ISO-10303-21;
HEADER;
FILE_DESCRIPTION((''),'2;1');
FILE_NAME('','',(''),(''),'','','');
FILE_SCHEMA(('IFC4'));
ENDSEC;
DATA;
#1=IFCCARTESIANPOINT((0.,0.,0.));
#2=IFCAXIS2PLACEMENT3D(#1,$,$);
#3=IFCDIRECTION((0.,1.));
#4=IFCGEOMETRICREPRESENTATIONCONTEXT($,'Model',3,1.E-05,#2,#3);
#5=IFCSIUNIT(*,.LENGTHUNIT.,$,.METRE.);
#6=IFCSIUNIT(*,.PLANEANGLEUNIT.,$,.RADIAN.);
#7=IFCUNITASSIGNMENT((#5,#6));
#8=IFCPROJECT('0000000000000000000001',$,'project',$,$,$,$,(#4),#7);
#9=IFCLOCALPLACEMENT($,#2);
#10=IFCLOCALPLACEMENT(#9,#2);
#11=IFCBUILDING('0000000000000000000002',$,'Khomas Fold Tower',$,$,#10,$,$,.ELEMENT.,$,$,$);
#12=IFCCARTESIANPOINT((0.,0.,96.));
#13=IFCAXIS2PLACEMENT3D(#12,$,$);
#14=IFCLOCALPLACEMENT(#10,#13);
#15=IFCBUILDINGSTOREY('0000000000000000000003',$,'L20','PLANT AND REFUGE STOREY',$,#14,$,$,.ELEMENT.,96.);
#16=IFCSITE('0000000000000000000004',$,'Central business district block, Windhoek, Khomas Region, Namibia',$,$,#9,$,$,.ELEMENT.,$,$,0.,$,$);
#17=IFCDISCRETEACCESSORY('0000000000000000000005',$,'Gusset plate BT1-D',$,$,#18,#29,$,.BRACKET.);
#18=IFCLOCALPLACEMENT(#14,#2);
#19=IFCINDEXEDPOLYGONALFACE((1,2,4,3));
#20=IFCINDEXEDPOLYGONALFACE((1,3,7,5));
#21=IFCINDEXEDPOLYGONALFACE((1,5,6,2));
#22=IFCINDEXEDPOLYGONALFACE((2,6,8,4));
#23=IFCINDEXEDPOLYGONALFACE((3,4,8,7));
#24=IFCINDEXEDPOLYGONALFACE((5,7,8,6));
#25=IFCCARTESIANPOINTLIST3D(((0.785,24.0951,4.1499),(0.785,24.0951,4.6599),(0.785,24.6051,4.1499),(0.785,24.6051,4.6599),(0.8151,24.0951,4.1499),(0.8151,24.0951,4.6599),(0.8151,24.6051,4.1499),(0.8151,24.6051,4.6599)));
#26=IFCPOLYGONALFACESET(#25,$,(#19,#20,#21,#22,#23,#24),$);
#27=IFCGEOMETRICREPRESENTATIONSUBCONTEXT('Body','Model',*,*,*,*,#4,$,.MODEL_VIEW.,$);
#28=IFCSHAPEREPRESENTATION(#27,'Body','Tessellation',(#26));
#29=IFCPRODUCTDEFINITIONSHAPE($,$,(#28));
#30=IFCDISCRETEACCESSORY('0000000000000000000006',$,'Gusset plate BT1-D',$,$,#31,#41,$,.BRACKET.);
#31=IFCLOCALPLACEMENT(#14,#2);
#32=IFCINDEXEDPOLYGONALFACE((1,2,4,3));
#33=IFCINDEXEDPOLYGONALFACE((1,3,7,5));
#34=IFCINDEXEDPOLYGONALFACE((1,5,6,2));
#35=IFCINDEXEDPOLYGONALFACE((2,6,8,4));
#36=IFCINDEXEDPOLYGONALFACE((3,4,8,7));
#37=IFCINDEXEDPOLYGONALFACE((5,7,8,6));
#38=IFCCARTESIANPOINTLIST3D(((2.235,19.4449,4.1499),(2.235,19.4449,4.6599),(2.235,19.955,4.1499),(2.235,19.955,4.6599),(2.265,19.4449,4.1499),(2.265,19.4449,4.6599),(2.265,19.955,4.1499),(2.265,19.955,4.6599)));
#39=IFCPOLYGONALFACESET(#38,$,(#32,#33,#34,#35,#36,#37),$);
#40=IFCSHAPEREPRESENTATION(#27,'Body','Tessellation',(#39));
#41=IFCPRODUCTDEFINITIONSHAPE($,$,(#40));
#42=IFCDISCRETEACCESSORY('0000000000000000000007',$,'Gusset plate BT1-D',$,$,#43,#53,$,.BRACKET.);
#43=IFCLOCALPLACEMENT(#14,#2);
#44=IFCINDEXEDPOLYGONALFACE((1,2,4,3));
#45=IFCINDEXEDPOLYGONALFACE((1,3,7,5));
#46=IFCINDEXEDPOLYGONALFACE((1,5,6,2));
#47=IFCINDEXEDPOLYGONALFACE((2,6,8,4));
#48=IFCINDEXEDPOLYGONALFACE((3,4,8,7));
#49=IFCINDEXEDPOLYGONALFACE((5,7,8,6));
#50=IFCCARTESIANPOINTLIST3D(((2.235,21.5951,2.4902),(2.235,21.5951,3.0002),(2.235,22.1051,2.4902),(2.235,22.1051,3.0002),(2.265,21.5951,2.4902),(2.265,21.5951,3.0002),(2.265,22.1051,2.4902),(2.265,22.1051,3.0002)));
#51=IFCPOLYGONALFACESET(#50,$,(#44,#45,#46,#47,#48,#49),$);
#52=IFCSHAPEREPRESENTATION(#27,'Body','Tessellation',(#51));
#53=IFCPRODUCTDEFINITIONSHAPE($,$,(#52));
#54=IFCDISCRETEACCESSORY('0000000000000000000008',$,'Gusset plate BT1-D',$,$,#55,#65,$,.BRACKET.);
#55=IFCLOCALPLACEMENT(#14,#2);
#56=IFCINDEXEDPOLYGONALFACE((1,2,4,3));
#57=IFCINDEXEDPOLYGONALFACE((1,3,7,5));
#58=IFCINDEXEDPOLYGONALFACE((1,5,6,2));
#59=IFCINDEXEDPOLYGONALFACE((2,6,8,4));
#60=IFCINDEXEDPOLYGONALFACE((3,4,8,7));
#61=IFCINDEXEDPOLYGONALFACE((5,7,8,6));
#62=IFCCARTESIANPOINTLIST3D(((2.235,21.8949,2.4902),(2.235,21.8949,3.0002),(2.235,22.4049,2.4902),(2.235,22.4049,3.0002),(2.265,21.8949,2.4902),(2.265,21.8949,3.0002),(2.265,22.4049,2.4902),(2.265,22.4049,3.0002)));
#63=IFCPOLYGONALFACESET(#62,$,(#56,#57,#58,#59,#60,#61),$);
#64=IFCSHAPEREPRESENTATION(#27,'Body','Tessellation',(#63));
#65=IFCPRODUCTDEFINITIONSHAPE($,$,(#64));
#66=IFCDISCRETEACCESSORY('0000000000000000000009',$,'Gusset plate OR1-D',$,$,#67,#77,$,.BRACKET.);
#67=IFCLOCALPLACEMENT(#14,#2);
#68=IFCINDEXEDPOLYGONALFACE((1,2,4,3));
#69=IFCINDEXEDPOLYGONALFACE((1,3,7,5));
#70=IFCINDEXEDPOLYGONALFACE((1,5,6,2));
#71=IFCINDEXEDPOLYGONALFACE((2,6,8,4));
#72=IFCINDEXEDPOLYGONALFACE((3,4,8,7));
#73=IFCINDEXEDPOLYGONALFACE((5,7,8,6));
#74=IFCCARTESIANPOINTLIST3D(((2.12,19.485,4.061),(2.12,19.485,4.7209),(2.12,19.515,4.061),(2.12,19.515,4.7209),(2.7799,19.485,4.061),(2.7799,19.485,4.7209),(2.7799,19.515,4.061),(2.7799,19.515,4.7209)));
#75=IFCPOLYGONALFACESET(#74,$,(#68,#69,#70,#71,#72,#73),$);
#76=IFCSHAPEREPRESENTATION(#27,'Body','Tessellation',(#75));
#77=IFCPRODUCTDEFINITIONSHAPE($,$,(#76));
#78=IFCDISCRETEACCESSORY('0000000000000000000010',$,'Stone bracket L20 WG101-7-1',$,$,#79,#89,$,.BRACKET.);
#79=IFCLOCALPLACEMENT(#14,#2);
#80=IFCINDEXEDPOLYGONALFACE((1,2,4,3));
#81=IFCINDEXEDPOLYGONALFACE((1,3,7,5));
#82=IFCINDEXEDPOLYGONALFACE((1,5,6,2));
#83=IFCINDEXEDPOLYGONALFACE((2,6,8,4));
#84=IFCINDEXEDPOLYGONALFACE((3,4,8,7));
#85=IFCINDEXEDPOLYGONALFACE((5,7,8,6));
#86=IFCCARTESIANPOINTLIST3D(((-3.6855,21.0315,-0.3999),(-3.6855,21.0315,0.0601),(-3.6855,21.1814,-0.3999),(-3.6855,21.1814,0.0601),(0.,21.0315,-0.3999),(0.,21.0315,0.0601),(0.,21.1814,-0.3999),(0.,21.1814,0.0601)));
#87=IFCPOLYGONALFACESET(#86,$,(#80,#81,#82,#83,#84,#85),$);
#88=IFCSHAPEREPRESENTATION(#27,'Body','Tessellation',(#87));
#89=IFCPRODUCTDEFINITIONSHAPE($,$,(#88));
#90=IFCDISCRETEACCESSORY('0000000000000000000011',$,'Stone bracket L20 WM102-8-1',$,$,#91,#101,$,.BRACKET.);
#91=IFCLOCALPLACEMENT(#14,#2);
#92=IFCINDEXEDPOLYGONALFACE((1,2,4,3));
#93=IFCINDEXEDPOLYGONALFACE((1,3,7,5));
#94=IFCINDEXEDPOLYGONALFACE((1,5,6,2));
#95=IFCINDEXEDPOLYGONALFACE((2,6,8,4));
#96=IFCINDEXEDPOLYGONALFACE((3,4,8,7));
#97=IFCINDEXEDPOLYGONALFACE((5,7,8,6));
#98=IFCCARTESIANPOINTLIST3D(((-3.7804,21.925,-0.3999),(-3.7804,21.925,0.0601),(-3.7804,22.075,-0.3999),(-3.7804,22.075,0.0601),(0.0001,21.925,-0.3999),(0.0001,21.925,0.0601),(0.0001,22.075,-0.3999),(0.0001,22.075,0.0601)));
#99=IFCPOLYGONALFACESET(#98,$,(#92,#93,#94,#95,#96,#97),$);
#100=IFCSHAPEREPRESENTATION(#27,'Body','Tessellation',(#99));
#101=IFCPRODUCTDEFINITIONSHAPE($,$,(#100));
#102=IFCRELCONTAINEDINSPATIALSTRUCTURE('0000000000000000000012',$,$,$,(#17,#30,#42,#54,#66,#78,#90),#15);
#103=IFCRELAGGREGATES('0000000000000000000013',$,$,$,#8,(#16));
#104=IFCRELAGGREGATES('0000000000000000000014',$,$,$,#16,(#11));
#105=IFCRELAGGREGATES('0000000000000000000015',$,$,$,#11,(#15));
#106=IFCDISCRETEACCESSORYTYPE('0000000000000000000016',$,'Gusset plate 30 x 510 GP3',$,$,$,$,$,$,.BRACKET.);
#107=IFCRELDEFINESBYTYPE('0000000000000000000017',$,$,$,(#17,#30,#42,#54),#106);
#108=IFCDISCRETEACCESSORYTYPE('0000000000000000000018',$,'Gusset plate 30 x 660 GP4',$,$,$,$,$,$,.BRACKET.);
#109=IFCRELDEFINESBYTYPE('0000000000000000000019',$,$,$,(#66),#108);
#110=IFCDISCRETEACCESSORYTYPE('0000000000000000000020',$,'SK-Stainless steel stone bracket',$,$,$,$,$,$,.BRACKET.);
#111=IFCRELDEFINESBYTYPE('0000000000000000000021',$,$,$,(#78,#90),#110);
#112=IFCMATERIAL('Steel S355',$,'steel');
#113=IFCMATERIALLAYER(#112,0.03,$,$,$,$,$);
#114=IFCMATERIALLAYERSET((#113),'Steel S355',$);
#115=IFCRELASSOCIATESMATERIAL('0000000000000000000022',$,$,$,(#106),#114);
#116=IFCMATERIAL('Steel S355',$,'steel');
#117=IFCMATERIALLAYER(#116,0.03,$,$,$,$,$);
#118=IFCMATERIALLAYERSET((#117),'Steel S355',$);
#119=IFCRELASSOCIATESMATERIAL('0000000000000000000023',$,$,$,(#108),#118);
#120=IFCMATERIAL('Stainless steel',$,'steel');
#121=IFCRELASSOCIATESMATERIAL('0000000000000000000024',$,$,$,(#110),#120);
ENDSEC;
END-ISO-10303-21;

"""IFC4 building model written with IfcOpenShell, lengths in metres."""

from ifc_helpers import new_model, si_unit, direction, frame, origin, origin_2d, place, context, subcontext, project, spatial, rectangle, extrude, source, transform, mapped, material, layer, layer_set, type_object, element, save


model = new_model("IFC4")

# Units and contexts
model_context = context("Model", 3, precision=1e-05, world=origin(), true_north=direction((0.0, 1.0)))
body_context = subcontext(model_context, "Body", "Model", "MODEL_VIEW")
ifc_project = project(units=[si_unit("LENGTHUNIT", "METRE"), si_unit("PLANEANGLEUNIT", "RADIAN")], contexts=[model_context])

# Site, building, storey
site_placement = place(None, origin())
site = spatial("IfcSite", under=ifc_project, at=site_placement, Name="Central business district block, Windhoek, Khomas Region, Namibia", CompositionType="ELEMENT", RefElevation=0.0)
building_placement = place(site_placement, origin())
building = spatial("IfcBuilding", under=site, at=building_placement, Name="Khomas Fold Tower", CompositionType="ELEMENT")
storey_placement = place(building_placement, frame((0.0, 0.0, 96.0)))
storey = spatial("IfcBuildingStorey", under=building, at=storey_placement, Name="L20", Description="PLANT AND REFUGE STOREY", CompositionType="ELEMENT", Elevation=96.0)

# Discrete accessories
ifc_material_1 = material(Name="Steel S355", Category="steel")
ifc_layer_1 = layer(ifc_material_1, 0.03)
ifc_layer_set_1 = layer_set([ifc_layer_1], Name="Steel S355")
discrete_accessory_type_1 = type_object("IfcDiscreteAccessoryType", Name="Gusset plate 30 x 510 GP3", PredefinedType="BRACKET", material=ifc_layer_set_1)
shared_shape_1 = source(origin(), body_context, "Body", "SweptSolid", [
    extrude(rectangle(XDim=0.51, YDim=0.03, at=origin_2d()), origin(), (0.0, 0.0, 1.0), 0.51),
])
for number, where, z_axis, x_axis, name in (
    (1, (0.8, 24.3501, 4.1499), (0.0, 0.0, 1.0), (0.0, 1.0, 0.0), "Gusset plate BT1-D"),
    (2, (2.25, 19.7, 4.1499), (0.0, 0.0, 1.0), (0.0, 1.0, 0.0), "Gusset plate BT1-D"),
    (3, (2.25, 21.8501, 2.4902), (0.0, 0.0, 1.0), (0.0, 1.0, 0.0), "Gusset plate BT1-D"),
    (4, (2.25, 22.1499, 2.4902), (0.0, 0.0, 1.0), (0.0, 1.0, 0.0), "Gusset plate BT1-D"),
):
    element("IfcDiscreteAccessory", number, at=place(storey_placement, frame(where, z_axis=z_axis, x_axis=x_axis)), inside=storey, type_object=discrete_accessory_type_1, Name=name, PredefinedType="BRACKET", context=body_context, shape_type="MappedRepresentation", body=[
        mapped(shared_shape_1, transform((0.0, 0.0, 0.0))),
    ])
ifc_material_2 = material(Name="Steel S355", Category="steel")
ifc_layer_2 = layer(ifc_material_2, 0.03)
ifc_layer_set_2 = layer_set([ifc_layer_2], Name="Steel S355")
discrete_accessory_type_2 = type_object("IfcDiscreteAccessoryType", Name="Gusset plate 30 x 660 GP4", PredefinedType="BRACKET", material=ifc_layer_set_2)
shared_shape_2 = source(origin(), body_context, "Body", "SweptSolid", [
    extrude(rectangle(XDim=0.6599, YDim=0.03, at=origin_2d()), origin(), (0.0, 0.0, 1.0), 0.6599),
])
discrete_accessory_1_placement = place(storey_placement, frame((2.45, 19.5, 4.061), z_axis=(0.0, 0.0, 1.0), x_axis=(1.0, 0.0, 0.0)))
element("IfcDiscreteAccessory", 5, at=discrete_accessory_1_placement, inside=storey, type_object=discrete_accessory_type_2, Name="Gusset plate OR1-D", PredefinedType="BRACKET", context=body_context, shape_type="MappedRepresentation", body=[
    mapped(shared_shape_2, transform((0.0, 0.0, 0.0))),
])
ifc_material_3 = material(Name="Stainless steel", Category="steel")
discrete_accessory_type_3 = type_object("IfcDiscreteAccessoryType", Name="SK-Stainless steel stone bracket", PredefinedType="BRACKET", material=ifc_material_3)
shared_shape_3 = source(origin(), body_context, "Body", "SweptSolid", [
    extrude(rectangle(XDim=3.6855, YDim=0.1499, at=origin_2d()), origin(), (0.0, 0.0, 1.0), 0.46),
])
discrete_accessory_2_placement = place(storey_placement, frame((-1.8428, 21.1064, -0.3999), z_axis=(0.0, 0.0, 1.0), x_axis=(-1.0, 0.0, 0.0)))
element("IfcDiscreteAccessory", 6, at=discrete_accessory_2_placement, inside=storey, type_object=discrete_accessory_type_3, Name="Stone bracket L20 WG101-7-1", PredefinedType="BRACKET", context=body_context, shape_type="MappedRepresentation", body=[
    mapped(shared_shape_3, transform((0.0, 0.0, 0.0))),
])
shared_shape_4 = source(origin(), body_context, "Body", "SweptSolid", [
    extrude(rectangle(XDim=3.7805, YDim=0.1499, at=origin_2d()), origin(), (0.0, 0.0, 1.0), 0.46),
])
discrete_accessory_3_placement = place(storey_placement, frame((-1.8901, 22.0, -0.3999), z_axis=(0.0, 0.0, 1.0), x_axis=(-1.0, 0.0, 0.0)))
element("IfcDiscreteAccessory", 7, at=discrete_accessory_3_placement, inside=storey, type_object=discrete_accessory_type_3, Name="Stone bracket L20 WM102-8-1", PredefinedType="BRACKET", context=body_context, shape_type="MappedRepresentation", body=[
    mapped(shared_shape_4, transform((0.0, 0.0, 0.0))),
])

save(model, "model.ifc")
